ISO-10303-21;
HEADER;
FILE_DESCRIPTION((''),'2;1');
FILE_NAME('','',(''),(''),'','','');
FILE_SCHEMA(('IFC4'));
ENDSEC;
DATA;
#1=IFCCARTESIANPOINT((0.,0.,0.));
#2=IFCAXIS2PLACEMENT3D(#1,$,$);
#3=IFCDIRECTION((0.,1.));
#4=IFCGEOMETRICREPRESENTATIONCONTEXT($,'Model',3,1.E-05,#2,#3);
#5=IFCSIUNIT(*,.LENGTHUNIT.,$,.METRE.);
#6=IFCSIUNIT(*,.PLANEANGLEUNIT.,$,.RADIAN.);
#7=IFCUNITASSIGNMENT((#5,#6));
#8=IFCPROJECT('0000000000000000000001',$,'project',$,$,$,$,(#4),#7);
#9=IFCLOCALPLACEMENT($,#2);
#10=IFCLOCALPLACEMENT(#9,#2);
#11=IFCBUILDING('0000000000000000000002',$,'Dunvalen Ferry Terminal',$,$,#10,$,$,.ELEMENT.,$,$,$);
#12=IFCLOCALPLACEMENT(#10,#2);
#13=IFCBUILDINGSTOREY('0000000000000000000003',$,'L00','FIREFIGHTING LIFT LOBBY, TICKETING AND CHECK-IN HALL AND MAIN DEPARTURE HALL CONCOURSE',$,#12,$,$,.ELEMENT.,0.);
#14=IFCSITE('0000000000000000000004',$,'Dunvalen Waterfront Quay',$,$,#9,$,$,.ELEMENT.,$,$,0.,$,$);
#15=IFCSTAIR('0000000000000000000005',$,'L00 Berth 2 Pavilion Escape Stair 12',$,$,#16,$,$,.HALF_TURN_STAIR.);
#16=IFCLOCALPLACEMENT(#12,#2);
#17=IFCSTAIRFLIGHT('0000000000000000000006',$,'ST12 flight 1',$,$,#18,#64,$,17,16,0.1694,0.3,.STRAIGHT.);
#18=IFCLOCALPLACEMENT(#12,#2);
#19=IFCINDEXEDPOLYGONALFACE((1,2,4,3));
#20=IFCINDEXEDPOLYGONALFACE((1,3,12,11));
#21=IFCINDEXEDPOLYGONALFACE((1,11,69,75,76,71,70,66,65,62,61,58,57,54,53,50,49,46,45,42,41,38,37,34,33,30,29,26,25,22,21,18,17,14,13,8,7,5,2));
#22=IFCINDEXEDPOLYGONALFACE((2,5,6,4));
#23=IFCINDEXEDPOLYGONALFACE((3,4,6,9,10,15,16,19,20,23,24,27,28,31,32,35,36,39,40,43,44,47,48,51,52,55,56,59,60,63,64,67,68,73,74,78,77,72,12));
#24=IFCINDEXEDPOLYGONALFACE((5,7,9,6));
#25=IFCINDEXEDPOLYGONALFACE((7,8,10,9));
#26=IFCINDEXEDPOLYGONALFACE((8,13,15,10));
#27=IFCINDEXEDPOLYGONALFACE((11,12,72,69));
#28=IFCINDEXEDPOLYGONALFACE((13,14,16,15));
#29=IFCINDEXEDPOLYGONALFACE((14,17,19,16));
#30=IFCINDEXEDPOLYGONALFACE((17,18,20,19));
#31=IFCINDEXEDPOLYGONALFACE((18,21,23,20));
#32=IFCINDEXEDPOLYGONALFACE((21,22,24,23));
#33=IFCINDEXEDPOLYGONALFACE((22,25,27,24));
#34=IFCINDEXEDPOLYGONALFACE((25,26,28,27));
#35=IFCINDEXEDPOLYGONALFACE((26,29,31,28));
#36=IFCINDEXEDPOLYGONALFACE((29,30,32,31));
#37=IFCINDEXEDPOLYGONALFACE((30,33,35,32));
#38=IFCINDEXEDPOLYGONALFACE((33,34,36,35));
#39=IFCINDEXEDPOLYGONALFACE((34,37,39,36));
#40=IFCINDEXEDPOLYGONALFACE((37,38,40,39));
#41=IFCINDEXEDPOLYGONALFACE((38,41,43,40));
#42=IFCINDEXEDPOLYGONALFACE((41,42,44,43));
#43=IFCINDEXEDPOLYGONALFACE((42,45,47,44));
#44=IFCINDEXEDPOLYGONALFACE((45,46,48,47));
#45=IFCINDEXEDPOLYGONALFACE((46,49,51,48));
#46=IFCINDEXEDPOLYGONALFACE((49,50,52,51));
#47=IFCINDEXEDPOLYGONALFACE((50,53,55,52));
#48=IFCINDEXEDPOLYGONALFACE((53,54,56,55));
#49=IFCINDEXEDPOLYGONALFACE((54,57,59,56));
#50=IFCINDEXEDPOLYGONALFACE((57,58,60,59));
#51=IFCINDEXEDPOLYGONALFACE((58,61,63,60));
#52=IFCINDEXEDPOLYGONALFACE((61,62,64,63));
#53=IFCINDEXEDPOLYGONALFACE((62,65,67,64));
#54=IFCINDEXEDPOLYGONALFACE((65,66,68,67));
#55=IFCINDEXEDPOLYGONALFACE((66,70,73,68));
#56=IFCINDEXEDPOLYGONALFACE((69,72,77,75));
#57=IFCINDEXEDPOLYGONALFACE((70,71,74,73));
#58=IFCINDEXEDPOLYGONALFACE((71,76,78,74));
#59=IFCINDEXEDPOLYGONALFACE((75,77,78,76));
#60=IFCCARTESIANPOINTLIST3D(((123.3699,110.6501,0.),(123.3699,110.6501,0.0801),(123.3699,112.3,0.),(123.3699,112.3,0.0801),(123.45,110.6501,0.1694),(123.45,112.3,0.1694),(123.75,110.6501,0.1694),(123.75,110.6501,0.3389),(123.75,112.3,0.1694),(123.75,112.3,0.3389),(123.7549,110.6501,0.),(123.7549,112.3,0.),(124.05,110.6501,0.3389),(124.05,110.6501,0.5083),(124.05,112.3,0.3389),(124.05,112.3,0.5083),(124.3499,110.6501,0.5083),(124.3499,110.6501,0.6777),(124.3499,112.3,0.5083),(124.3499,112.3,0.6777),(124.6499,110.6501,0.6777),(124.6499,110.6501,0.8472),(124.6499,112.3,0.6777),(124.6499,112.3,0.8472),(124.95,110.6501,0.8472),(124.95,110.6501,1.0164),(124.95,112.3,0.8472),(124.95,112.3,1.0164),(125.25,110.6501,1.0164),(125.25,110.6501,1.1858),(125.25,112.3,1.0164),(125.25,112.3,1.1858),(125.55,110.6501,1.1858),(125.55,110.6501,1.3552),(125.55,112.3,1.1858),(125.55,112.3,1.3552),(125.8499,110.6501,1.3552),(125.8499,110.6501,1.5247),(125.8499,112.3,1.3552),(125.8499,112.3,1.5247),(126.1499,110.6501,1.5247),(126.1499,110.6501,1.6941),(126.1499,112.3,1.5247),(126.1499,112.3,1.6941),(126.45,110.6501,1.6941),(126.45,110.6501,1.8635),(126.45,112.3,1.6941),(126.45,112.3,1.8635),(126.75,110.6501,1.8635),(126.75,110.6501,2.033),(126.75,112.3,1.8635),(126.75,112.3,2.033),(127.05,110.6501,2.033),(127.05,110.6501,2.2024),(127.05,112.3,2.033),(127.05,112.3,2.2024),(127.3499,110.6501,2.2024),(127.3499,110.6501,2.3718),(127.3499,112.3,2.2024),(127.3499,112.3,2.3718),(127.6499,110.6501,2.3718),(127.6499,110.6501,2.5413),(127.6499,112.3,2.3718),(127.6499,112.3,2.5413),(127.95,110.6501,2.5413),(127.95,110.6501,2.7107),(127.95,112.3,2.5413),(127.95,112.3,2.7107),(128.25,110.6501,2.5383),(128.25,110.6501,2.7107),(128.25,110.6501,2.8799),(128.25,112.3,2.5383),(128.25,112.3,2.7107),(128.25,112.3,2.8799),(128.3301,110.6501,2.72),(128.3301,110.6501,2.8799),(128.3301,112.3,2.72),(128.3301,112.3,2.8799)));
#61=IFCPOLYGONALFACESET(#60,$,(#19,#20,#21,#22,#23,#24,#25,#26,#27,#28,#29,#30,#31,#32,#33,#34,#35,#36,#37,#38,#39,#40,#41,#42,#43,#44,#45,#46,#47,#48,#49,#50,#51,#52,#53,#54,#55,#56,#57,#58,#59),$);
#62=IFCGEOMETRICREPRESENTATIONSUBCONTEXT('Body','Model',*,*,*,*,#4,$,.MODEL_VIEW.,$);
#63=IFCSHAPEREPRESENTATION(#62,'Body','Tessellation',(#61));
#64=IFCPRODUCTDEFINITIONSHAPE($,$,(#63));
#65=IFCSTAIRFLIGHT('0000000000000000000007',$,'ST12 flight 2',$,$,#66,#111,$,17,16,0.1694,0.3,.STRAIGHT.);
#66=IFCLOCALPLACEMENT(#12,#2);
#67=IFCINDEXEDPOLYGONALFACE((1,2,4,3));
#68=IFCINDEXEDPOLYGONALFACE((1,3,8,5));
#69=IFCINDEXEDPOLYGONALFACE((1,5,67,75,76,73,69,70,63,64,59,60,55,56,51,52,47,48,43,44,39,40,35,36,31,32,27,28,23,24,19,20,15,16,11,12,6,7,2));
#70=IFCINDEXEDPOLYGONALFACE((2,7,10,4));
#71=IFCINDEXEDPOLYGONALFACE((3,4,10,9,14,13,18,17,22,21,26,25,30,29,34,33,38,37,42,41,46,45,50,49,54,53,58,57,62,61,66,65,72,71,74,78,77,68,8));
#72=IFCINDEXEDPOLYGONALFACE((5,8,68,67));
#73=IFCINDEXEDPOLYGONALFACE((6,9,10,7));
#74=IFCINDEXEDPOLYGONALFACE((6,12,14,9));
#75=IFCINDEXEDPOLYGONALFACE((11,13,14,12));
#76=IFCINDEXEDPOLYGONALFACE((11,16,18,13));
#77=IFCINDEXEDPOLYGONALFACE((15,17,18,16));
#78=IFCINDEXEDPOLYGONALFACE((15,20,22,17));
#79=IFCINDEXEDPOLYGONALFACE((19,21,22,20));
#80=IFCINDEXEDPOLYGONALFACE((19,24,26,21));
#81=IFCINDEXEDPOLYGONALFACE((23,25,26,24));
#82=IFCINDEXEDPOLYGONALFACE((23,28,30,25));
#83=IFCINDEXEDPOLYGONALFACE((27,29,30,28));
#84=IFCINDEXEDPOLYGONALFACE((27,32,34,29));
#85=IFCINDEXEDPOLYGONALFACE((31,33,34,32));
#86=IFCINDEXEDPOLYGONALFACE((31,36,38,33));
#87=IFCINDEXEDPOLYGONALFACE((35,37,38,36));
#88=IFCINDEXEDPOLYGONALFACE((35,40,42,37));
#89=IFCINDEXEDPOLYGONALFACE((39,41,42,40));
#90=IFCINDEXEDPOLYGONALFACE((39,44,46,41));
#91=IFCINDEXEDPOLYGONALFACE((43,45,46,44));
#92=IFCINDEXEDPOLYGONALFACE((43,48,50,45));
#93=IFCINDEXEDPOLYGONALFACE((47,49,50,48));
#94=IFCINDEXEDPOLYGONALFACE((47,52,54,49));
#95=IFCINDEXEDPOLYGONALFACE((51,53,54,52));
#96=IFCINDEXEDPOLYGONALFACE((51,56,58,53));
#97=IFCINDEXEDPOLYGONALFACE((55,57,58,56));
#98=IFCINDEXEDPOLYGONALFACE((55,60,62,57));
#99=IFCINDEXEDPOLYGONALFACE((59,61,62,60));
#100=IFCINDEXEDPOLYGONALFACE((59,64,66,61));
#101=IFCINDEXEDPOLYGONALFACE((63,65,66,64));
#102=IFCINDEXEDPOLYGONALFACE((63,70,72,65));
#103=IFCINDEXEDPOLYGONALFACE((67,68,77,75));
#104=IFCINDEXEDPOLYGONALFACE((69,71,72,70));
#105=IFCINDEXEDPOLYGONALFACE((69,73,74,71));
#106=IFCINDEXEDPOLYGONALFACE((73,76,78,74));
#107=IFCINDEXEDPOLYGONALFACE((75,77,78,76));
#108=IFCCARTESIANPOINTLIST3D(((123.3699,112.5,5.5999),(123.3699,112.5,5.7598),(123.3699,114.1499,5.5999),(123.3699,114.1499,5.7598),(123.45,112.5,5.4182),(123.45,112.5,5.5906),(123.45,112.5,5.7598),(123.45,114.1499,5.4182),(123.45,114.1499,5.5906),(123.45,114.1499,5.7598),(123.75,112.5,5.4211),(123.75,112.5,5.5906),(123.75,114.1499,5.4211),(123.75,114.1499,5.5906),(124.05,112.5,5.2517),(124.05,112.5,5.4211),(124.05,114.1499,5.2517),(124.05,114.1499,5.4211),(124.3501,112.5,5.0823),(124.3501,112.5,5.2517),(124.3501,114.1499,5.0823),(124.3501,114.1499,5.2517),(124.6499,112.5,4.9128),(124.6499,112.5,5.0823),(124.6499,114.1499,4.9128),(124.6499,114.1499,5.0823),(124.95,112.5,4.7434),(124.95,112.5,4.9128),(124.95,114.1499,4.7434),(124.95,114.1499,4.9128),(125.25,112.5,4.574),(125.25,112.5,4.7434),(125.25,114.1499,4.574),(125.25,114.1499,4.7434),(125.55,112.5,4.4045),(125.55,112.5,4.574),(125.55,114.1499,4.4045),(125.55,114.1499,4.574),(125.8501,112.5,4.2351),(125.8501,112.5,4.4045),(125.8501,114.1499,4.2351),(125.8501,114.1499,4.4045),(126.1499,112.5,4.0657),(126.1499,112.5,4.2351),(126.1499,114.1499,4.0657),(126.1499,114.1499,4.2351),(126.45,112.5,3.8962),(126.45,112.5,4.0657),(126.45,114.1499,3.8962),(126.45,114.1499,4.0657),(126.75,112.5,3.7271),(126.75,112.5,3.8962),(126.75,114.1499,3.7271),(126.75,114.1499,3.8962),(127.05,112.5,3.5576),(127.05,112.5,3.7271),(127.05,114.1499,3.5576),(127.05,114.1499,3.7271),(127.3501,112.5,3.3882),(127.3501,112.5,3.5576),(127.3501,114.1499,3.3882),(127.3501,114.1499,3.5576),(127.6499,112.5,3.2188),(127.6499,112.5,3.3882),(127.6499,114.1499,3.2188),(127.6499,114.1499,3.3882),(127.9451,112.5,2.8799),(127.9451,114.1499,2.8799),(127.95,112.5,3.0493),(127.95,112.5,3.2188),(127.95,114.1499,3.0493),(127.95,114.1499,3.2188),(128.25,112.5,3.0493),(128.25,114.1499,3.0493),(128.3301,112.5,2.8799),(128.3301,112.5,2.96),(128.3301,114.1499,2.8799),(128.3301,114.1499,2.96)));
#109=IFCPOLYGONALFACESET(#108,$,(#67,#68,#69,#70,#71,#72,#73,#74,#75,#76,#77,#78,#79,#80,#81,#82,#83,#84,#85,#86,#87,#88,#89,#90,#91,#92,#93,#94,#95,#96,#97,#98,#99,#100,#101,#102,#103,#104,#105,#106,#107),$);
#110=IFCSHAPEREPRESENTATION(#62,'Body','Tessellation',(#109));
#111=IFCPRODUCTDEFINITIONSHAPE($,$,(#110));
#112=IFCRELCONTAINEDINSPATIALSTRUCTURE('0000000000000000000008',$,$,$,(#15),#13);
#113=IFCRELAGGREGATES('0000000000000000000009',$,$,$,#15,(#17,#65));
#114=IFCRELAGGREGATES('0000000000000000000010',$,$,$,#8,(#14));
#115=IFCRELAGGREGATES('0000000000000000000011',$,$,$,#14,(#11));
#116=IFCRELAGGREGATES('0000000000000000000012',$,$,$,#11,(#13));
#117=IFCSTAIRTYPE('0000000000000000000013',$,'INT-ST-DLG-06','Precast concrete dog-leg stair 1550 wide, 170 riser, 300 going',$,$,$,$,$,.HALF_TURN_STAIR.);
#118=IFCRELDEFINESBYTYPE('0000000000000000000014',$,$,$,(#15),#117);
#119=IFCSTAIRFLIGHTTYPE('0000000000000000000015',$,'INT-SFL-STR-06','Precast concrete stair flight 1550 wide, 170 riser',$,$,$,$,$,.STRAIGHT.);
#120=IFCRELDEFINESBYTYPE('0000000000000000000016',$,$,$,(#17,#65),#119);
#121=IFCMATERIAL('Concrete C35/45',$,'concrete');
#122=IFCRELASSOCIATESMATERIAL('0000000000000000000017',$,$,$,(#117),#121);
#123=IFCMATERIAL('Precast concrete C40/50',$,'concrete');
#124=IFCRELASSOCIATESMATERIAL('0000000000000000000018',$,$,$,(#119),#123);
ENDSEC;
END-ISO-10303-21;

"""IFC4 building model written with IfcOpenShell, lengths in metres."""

from ifc_helpers import new_model, si_unit, direction, frame, origin, place, context, subcontext, project, spatial, polyline, outline, extrude, material, type_object, element, aggregate, save


model = new_model("IFC4")

# Units and contexts
model_context = context("Model", 3, precision=1e-05, world=origin(), true_north=direction((0.0, 1.0)))
body_context = subcontext(model_context, "Body", "Model", "MODEL_VIEW")
ifc_project = project(units=[si_unit("LENGTHUNIT", "METRE"), si_unit("PLANEANGLEUNIT", "RADIAN")], contexts=[model_context])

# Site, building, storey
site_placement = place(None, origin())
site = spatial("IfcSite", under=ifc_project, at=site_placement, Name="Dunvalen Waterfront Quay", CompositionType="ELEMENT", RefElevation=0.0)
building_placement = place(site_placement, origin())
building = spatial("IfcBuilding", under=site, at=building_placement, Name="Dunvalen Ferry Terminal", CompositionType="ELEMENT")
storey_placement = place(building_placement, origin())
storey = spatial("IfcBuildingStorey", under=building, at=storey_placement, Name="L00", Description="FIREFIGHTING LIFT LOBBY, TICKETING AND CHECK-IN HALL AND MAIN DEPARTURE HALL CONCOURSE", CompositionType="ELEMENT", Elevation=0.0)

# Stair, stair flights
ifc_material_1 = material(Name="Concrete C35/45", Category="concrete")
stair_type = type_object("IfcStairType", Name="INT-ST-DLG-06", Description="Precast concrete dog-leg stair 1550 wide, 170 riser, 300 going", PredefinedType="HALF_TURN_STAIR", material=ifc_material_1)
stair_placement = place(storey_placement, origin())
stair = element("IfcStair", 1, at=stair_placement, inside=storey, type_object=stair_type, Name="L00 Berth 2 Pavilion Escape Stair 12", PredefinedType="HALF_TURN_STAIR")
ifc_material_2 = material(Name="Precast concrete C40/50", Category="concrete")
stair_flight_type = type_object("IfcStairFlightType", Name="INT-SFL-STR-06", Description="Precast concrete stair flight 1550 wide, 170 riser", PredefinedType="STRAIGHT", material=ifc_material_2)
stair_flight_1_placement = place(storey_placement, frame((123.45, 111.4751, 0.0), z_axis=(0.0, 0.0, 1.0), x_axis=(1.0, 0.0, 0.0)))
stair_flight_1 = element("IfcStairFlight", 2, at=stair_flight_1_placement, type_object=stair_flight_type, Name="ST12 flight 1", NumberOfRisers=17, NumberOfTreads=16, PredefinedType="STRAIGHT", RiserHeight=0.1694, TreadLength=0.3, context=body_context, shape_type="SweptSolid", body=[
    extrude(outline(polyline([(-0.0801, 0.0), (-0.0801, 0.0801), (0.0, 0.1694), (0.3, 0.1694), (0.3, 0.3389), (0.6001, 0.3389), (0.6001, 0.5083), (0.8999, 0.5083), (0.8999, 0.6777), (1.2, 0.6777), (1.2, 0.8472), (1.5, 0.8472), (1.5, 1.0164), (1.8, 1.0164), (1.8, 1.1858), (2.1001, 1.1858), (2.1001, 1.3552), (2.3999, 1.3552), (2.3999, 1.5247), (2.7, 1.5247), (2.7, 1.6941), (3.0, 1.6941), (3.0, 1.8635), (3.3, 1.8635), (3.3, 2.033), (3.6001, 2.033), (3.6001, 2.2024), (3.8999, 2.2024), (3.8999, 2.3718), (4.2, 2.3718), (4.2, 2.5413), (4.5, 2.5413), (4.5, 2.7107), (4.8, 2.7107), (4.8, 2.8799), (4.8801, 2.8799), (4.8801, 2.72), (4.8, 2.5383), (0.3049, 0.0), (-0.0801, 0.0)])), frame((0.0, 0.825, 0.0), z_axis=(0.0, -1.0, 0.0), x_axis=(1.0, 0.0, 0.0)), (0.0, 0.0, 1.0), 1.6499),
])
stair_flight_2_placement = place(storey_placement, frame((128.25, 113.325, 2.8799), z_axis=(0.0, 0.0, 1.0), x_axis=(-1.0, 0.0, 0.0)))
stair_flight_2 = element("IfcStairFlight", 3, at=stair_flight_2_placement, type_object=stair_flight_type, Name="ST12 flight 2", NumberOfRisers=17, NumberOfTreads=16, PredefinedType="STRAIGHT", RiserHeight=0.1694, TreadLength=0.3, context=body_context, shape_type="SweptSolid", body=[
    extrude(outline(polyline([(-0.0801, 0.0), (-0.0801, 0.0801), (0.0, 0.1694), (0.3, 0.1694), (0.3, 0.3389), (0.6001, 0.3389), (0.6001, 0.5083), (0.8999, 0.5083), (0.8999, 0.6777), (1.2, 0.6777), (1.2, 0.8472), (1.5, 0.8472), (1.5, 1.0164), (1.8, 1.0164), (1.8, 1.1858), (2.1001, 1.1858), (2.1001, 1.3552), (2.3999, 1.3552), (2.3999, 1.5247), (2.7, 1.5247), (2.7, 1.6941), (3.0, 1.6941), (3.0, 1.8635), (3.3, 1.8635), (3.3, 2.033), (3.6001, 2.033), (3.6001, 2.2024), (3.8999, 2.2024), (3.8999, 2.3718), (4.2, 2.3718), (4.2, 2.5413), (4.5, 2.5413), (4.5, 2.7107), (4.8, 2.7107), (4.8, 2.8799), (4.8801, 2.8799), (4.8801, 2.72), (4.8, 2.5383), (0.3049, 0.0), (-0.0801, 0.0)])), frame((0.0, 0.825, 0.0), z_axis=(0.0, -1.0, 0.0), x_axis=(1.0, 0.0, 0.0)), (0.0, 0.0, 1.0), 1.6499),
])
aggregate(stair, [stair_flight_1, stair_flight_2])

save(model, "model.ifc")
